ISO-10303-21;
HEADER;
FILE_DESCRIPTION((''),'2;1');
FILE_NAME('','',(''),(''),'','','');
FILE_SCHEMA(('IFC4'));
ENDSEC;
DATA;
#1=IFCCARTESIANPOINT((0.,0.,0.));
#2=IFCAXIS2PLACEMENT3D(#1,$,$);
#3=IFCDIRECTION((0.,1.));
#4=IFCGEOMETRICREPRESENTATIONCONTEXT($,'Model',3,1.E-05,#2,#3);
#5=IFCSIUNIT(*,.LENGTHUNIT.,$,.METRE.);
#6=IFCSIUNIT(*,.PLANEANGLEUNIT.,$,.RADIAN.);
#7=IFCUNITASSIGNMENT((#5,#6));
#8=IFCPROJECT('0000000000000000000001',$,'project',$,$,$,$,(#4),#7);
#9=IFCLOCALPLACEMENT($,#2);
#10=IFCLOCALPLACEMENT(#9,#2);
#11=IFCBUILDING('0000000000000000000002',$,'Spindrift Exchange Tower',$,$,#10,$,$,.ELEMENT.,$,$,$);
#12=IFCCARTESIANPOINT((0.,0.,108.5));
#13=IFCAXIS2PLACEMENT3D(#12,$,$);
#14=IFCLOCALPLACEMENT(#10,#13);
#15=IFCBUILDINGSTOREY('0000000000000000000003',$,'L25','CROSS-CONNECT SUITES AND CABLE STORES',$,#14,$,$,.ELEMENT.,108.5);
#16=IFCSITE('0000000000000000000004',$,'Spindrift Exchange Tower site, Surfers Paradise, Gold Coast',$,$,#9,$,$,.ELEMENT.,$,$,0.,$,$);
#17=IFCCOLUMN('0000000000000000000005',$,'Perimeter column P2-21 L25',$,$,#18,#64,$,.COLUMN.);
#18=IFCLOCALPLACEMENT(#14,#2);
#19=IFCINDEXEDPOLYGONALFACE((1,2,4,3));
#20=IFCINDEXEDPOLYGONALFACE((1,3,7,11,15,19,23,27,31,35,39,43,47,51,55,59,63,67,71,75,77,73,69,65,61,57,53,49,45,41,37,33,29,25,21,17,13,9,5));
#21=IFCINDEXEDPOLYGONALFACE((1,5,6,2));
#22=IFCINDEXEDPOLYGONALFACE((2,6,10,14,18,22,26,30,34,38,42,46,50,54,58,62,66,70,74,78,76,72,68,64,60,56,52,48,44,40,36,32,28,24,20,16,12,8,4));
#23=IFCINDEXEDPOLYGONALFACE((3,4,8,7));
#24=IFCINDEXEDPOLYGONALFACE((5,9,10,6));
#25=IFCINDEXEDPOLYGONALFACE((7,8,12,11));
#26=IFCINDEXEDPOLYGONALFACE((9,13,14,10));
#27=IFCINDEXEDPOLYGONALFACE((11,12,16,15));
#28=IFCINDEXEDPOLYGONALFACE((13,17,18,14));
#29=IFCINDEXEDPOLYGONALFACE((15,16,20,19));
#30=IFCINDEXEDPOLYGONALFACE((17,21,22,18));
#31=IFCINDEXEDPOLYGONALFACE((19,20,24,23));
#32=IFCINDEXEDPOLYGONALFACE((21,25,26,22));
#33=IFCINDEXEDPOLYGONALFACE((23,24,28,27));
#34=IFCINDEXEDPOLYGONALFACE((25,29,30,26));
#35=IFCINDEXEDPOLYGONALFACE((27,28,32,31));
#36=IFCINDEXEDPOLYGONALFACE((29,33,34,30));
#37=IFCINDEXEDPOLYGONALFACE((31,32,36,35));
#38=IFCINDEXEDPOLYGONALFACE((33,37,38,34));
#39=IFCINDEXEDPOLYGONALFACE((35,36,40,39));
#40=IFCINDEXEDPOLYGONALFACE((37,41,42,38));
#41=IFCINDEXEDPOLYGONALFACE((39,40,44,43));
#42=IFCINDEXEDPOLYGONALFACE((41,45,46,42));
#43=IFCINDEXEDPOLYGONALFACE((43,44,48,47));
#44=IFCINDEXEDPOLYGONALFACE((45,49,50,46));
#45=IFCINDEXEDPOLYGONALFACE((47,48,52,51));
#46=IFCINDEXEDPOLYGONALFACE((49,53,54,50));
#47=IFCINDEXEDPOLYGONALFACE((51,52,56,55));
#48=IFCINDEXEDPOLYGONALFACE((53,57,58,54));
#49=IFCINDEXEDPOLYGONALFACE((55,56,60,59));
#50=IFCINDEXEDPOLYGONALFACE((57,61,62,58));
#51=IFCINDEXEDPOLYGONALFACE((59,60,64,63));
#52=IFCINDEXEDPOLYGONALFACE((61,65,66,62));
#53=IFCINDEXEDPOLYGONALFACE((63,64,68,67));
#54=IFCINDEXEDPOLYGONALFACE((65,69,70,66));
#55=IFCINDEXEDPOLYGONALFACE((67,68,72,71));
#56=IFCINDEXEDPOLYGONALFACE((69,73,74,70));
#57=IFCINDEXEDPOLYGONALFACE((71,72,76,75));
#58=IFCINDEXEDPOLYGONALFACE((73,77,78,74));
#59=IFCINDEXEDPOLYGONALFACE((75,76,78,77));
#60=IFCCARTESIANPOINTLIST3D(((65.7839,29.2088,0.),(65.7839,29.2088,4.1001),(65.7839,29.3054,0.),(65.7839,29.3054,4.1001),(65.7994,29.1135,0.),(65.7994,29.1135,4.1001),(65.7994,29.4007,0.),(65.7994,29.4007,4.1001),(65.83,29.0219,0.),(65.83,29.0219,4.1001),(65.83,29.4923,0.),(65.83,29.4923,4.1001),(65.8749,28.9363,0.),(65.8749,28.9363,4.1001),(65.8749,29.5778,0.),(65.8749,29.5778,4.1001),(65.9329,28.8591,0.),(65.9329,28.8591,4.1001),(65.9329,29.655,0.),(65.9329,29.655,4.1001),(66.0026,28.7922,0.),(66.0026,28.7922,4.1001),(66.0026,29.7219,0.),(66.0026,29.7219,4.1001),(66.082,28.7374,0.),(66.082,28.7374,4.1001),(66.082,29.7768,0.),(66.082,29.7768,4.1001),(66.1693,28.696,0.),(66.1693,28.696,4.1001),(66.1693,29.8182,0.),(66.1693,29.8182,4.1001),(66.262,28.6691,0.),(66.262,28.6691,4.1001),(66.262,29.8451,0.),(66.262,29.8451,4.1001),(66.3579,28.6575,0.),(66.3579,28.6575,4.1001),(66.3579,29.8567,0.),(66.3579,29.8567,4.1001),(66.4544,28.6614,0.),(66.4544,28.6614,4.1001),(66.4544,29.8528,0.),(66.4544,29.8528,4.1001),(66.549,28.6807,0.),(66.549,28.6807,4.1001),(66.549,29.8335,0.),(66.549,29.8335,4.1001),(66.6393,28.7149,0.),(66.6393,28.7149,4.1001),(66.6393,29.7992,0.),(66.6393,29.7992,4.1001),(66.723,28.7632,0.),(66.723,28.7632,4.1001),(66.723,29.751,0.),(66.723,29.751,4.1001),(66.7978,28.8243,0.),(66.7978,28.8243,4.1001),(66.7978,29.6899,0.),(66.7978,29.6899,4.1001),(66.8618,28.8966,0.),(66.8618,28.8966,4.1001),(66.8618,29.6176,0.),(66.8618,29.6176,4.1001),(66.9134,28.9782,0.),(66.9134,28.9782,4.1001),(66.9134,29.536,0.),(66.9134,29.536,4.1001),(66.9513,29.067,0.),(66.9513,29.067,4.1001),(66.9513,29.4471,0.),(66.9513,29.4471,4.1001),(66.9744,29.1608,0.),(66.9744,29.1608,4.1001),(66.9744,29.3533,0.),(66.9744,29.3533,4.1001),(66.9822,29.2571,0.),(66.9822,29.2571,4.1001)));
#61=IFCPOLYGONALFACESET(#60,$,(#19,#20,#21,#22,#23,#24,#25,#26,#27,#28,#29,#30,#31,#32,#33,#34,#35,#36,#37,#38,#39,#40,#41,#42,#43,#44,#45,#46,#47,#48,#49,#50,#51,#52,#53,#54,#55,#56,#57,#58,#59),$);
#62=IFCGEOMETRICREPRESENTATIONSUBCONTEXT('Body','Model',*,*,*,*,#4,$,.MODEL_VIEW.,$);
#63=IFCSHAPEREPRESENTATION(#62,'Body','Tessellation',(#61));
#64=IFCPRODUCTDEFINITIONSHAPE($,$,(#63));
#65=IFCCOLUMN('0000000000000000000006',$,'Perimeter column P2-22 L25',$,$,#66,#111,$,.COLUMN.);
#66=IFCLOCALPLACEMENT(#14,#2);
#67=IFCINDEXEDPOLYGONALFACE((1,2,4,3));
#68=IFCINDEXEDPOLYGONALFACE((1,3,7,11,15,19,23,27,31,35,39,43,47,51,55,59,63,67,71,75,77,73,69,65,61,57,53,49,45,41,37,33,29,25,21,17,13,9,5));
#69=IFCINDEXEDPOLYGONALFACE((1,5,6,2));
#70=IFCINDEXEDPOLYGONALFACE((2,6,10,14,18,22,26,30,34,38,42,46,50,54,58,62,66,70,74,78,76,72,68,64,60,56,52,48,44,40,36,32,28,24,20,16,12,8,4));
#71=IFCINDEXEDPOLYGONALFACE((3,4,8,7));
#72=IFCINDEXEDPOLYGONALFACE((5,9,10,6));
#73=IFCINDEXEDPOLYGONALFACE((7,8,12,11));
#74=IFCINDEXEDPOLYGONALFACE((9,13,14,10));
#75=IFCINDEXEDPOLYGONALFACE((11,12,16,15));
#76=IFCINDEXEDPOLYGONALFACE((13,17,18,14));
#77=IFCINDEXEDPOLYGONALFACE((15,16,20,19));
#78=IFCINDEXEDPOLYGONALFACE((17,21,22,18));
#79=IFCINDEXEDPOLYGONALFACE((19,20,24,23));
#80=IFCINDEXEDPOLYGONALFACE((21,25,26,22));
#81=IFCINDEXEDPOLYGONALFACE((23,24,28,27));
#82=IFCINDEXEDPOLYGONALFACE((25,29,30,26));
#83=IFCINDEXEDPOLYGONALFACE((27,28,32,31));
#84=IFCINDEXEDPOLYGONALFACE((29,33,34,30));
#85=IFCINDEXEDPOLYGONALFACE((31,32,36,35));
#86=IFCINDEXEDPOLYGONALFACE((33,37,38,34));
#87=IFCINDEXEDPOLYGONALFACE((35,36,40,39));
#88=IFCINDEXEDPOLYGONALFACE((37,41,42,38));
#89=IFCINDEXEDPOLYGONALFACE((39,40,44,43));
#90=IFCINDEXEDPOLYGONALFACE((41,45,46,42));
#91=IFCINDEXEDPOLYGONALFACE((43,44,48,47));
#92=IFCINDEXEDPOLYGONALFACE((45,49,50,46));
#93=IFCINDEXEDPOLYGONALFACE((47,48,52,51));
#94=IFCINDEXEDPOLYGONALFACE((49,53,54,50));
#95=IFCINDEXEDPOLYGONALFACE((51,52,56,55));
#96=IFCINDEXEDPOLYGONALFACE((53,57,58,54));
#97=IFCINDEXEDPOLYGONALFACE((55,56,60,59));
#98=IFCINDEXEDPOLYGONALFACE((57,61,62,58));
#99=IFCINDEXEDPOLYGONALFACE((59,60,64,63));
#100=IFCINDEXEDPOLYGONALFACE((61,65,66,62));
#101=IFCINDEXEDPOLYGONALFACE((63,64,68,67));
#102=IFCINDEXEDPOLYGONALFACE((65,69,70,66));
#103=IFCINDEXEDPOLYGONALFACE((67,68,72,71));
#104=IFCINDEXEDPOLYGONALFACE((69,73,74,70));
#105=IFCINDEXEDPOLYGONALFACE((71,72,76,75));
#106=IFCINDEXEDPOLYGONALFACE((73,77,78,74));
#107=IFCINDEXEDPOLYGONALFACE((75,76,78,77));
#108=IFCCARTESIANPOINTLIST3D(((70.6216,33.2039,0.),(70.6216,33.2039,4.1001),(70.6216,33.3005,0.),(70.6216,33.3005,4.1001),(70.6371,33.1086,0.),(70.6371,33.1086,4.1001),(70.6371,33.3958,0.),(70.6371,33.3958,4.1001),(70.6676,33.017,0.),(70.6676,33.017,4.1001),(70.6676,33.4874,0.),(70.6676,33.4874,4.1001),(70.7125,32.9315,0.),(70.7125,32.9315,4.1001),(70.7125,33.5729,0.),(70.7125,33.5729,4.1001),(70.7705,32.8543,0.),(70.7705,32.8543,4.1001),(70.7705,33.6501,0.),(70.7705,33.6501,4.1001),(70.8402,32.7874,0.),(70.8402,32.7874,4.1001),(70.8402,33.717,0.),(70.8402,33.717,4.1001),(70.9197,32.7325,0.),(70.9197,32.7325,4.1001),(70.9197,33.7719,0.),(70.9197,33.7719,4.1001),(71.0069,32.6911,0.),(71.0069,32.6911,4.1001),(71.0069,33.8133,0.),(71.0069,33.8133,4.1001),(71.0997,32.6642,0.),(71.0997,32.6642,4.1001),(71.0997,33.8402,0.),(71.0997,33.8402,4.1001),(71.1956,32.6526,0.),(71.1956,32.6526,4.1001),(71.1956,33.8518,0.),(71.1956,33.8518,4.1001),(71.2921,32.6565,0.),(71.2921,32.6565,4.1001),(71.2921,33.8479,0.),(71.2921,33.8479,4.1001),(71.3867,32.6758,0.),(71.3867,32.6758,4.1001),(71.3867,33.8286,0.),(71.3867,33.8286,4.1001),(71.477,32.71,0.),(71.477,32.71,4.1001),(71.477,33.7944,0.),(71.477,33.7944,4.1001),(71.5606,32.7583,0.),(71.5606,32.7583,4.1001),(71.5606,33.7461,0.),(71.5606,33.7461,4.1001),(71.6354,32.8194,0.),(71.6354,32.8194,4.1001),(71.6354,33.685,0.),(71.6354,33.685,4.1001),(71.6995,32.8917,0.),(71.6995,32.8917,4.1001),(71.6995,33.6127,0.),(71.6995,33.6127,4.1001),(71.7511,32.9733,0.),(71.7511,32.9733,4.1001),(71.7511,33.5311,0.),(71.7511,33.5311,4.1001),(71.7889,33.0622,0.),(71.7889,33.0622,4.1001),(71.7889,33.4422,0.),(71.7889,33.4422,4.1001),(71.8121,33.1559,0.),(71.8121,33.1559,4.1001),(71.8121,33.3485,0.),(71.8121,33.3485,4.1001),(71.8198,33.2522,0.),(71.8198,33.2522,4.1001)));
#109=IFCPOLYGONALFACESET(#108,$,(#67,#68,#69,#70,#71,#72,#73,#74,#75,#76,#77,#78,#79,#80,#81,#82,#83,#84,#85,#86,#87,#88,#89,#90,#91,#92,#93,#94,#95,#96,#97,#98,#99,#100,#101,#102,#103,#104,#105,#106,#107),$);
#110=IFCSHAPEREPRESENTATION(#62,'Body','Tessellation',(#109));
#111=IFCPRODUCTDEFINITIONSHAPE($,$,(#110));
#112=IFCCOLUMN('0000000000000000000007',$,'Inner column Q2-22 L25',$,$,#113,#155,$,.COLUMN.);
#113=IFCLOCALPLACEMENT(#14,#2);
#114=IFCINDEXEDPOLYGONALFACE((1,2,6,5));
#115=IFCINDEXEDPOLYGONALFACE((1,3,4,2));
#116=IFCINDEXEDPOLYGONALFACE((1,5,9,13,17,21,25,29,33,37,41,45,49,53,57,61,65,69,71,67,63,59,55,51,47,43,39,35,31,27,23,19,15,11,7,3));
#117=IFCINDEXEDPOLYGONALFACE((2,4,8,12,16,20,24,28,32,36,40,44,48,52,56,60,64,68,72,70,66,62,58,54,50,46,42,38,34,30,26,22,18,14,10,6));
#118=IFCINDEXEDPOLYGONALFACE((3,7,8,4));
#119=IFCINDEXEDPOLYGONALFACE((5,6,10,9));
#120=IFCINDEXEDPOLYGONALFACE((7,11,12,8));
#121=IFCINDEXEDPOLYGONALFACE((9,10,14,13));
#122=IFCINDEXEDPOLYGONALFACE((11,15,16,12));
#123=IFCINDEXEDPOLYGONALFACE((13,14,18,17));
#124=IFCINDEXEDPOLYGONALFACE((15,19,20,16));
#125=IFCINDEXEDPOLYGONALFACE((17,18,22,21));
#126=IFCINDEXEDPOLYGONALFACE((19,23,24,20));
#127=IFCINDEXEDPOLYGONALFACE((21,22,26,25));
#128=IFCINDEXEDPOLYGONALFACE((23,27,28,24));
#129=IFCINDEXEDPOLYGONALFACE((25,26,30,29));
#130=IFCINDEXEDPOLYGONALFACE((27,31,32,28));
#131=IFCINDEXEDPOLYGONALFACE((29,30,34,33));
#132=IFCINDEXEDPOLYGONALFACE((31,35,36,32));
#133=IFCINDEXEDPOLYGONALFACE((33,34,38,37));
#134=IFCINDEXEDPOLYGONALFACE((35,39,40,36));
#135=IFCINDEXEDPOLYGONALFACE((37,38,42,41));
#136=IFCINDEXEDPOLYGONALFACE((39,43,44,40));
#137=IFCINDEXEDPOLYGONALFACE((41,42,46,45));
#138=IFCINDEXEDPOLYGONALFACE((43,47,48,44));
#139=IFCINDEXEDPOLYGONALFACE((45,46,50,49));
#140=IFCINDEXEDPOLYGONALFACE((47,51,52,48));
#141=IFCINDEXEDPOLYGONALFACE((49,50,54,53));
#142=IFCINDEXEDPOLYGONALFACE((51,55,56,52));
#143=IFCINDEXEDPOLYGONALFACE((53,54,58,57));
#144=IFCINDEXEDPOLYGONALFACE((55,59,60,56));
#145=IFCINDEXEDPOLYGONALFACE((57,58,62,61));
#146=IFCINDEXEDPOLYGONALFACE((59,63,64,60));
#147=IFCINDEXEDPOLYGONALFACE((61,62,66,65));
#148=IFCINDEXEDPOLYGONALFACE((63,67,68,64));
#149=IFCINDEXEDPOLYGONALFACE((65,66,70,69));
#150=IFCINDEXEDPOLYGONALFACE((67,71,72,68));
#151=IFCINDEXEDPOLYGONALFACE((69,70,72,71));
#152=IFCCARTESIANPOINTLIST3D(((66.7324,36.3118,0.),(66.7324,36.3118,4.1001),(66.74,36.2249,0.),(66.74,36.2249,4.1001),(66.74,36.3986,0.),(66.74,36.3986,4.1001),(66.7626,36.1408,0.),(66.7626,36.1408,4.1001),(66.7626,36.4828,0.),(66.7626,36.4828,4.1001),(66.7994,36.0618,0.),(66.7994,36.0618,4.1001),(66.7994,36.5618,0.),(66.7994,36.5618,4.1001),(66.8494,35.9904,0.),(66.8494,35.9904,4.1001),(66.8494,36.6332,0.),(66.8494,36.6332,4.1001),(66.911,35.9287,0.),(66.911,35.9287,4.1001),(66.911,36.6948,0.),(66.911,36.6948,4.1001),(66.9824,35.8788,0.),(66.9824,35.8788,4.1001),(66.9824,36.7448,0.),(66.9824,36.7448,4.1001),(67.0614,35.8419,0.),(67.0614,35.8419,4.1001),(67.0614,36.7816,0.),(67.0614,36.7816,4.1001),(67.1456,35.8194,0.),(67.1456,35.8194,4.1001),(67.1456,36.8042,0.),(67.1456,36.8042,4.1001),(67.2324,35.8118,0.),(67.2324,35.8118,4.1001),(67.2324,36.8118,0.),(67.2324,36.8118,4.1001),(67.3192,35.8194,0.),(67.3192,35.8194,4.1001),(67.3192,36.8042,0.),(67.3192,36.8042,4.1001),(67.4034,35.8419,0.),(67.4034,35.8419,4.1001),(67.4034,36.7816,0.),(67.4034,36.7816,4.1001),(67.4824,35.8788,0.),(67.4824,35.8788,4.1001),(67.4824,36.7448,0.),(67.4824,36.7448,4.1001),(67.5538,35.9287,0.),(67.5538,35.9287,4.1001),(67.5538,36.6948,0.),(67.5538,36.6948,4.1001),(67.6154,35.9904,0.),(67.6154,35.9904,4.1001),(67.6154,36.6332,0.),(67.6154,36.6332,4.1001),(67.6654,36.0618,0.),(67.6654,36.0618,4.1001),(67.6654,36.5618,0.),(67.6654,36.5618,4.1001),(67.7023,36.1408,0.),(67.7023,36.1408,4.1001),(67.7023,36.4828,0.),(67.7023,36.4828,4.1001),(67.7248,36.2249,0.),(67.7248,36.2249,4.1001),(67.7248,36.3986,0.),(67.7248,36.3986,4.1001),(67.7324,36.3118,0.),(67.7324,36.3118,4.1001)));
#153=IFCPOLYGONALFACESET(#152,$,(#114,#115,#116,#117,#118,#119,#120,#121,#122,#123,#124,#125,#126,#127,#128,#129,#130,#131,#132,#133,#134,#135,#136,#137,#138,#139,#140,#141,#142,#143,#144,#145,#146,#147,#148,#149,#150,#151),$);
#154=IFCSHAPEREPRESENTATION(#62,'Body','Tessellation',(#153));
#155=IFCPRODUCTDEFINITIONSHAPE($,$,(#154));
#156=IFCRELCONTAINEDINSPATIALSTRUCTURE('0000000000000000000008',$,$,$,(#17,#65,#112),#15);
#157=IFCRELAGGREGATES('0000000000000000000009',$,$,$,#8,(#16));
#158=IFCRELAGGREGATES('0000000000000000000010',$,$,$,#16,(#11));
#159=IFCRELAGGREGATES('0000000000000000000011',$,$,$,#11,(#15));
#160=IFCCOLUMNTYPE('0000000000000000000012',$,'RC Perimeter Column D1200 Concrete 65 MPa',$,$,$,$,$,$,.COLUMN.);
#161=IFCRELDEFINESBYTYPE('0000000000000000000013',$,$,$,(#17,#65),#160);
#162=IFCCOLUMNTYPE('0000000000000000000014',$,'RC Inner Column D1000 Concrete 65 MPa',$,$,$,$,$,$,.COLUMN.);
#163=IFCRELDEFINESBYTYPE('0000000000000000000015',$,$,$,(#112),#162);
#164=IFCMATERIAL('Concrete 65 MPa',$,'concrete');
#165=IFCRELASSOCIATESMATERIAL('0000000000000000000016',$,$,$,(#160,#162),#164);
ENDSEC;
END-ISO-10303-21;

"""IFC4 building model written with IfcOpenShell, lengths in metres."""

from ifc_helpers import new_model, si_unit, direction, frame, origin, origin_2d, place, context, subcontext, project, spatial, circle, extrude, source, transform, mapped, material, material_profile, profile_set, type_object, element, save


model = new_model("IFC4")

# Units and contexts
model_context = context("Model", 3, precision=1e-05, world=origin(), true_north=direction((0.0, 1.0)))
body_context = subcontext(model_context, "Body", "Model", "MODEL_VIEW")
ifc_project = project(units=[si_unit("LENGTHUNIT", "METRE"), si_unit("PLANEANGLEUNIT", "RADIAN")], contexts=[model_context])

# Site, building, storey
site_placement = place(None, origin())
site = spatial("IfcSite", under=ifc_project, at=site_placement, Name="Spindrift Exchange Tower site, Surfers Paradise, Gold Coast", CompositionType="ELEMENT", RefElevation=0.0)
building_placement = place(site_placement, origin())
building = spatial("IfcBuilding", under=site, at=building_placement, Name="Spindrift Exchange Tower", CompositionType="ELEMENT")
storey_placement = place(building_placement, frame((0.0, 0.0, 108.5)))
storey = spatial("IfcBuildingStorey", under=building, at=storey_placement, Name="L25", Description="CROSS-CONNECT SUITES AND CABLE STORES", CompositionType="ELEMENT", Elevation=108.5)

# Columns
ifc_material_1 = material(Name="Concrete 65 MPa", Category="concrete")
ifc_material_profile_1 = material_profile(ifc_material_1, circle(Radius=0.6001, at=origin_2d()), Name="RC D1200")
ifc_profile_set_1 = profile_set([ifc_material_profile_1], Name="Concrete 65 MPa")
column_type_1 = type_object("IfcColumnType", Name="RC Perimeter Column D1200 Concrete 65 MPa", PredefinedType="COLUMN", material=ifc_profile_set_1)
shared_shape_1 = source(origin(), body_context, "Body", "SweptSolid", [
    extrude(circle(Radius=0.6001, at=origin_2d()), origin(), (0.0, 0.0, 1.0), 4.1001),
])
for number, where, z_axis, x_axis, name in (
    (1, (66.3821, 29.2571, 0.0), (0.0, 0.0, 1.0), (1.0, 0.0, 0.0), "Perimeter column P2-21 L25"),
    (2, (71.2197, 33.2522, 0.0), (0.0, 0.0, 1.0), (1.0, 0.0, 0.0), "Perimeter column P2-22 L25"),
):
    element("IfcColumn", number, at=place(storey_placement, frame(where, z_axis=z_axis, x_axis=x_axis)), inside=storey, type_object=column_type_1, Name=name, PredefinedType="COLUMN", context=body_context, shape_type="MappedRepresentation", body=[
        mapped(shared_shape_1, transform((0.0, 0.0, 0.0), scale=1.0)),
    ])
ifc_material_profile_2 = material_profile(ifc_material_1, circle(Radius=0.5, at=origin_2d()), Name="RC D1000")
ifc_profile_set_2 = profile_set([ifc_material_profile_2], Name="Concrete 65 MPa")
column_type_2 = type_object("IfcColumnType", Name="RC Inner Column D1000 Concrete 65 MPa", PredefinedType="COLUMN", material=ifc_profile_set_2)
shared_shape_2 = source(origin(), body_context, "Body", "SweptSolid", [
    extrude(circle(Radius=0.5, at=origin_2d()), origin(), (0.0, 0.0, 1.0), 4.1001),
])
column_placement = place(storey_placement, frame((67.2324, 36.3118, 0.0), z_axis=(0.0, 0.0, 1.0), x_axis=(1.0, 0.0, 0.0)))
element("IfcColumn", 3, at=column_placement, inside=storey, type_object=column_type_2, Name="Inner column Q2-22 L25", PredefinedType="COLUMN", context=body_context, shape_type="MappedRepresentation", body=[
    mapped(shared_shape_2, transform((0.0, 0.0, 0.0), scale=1.0)),
])

save(model, "model.ifc")
